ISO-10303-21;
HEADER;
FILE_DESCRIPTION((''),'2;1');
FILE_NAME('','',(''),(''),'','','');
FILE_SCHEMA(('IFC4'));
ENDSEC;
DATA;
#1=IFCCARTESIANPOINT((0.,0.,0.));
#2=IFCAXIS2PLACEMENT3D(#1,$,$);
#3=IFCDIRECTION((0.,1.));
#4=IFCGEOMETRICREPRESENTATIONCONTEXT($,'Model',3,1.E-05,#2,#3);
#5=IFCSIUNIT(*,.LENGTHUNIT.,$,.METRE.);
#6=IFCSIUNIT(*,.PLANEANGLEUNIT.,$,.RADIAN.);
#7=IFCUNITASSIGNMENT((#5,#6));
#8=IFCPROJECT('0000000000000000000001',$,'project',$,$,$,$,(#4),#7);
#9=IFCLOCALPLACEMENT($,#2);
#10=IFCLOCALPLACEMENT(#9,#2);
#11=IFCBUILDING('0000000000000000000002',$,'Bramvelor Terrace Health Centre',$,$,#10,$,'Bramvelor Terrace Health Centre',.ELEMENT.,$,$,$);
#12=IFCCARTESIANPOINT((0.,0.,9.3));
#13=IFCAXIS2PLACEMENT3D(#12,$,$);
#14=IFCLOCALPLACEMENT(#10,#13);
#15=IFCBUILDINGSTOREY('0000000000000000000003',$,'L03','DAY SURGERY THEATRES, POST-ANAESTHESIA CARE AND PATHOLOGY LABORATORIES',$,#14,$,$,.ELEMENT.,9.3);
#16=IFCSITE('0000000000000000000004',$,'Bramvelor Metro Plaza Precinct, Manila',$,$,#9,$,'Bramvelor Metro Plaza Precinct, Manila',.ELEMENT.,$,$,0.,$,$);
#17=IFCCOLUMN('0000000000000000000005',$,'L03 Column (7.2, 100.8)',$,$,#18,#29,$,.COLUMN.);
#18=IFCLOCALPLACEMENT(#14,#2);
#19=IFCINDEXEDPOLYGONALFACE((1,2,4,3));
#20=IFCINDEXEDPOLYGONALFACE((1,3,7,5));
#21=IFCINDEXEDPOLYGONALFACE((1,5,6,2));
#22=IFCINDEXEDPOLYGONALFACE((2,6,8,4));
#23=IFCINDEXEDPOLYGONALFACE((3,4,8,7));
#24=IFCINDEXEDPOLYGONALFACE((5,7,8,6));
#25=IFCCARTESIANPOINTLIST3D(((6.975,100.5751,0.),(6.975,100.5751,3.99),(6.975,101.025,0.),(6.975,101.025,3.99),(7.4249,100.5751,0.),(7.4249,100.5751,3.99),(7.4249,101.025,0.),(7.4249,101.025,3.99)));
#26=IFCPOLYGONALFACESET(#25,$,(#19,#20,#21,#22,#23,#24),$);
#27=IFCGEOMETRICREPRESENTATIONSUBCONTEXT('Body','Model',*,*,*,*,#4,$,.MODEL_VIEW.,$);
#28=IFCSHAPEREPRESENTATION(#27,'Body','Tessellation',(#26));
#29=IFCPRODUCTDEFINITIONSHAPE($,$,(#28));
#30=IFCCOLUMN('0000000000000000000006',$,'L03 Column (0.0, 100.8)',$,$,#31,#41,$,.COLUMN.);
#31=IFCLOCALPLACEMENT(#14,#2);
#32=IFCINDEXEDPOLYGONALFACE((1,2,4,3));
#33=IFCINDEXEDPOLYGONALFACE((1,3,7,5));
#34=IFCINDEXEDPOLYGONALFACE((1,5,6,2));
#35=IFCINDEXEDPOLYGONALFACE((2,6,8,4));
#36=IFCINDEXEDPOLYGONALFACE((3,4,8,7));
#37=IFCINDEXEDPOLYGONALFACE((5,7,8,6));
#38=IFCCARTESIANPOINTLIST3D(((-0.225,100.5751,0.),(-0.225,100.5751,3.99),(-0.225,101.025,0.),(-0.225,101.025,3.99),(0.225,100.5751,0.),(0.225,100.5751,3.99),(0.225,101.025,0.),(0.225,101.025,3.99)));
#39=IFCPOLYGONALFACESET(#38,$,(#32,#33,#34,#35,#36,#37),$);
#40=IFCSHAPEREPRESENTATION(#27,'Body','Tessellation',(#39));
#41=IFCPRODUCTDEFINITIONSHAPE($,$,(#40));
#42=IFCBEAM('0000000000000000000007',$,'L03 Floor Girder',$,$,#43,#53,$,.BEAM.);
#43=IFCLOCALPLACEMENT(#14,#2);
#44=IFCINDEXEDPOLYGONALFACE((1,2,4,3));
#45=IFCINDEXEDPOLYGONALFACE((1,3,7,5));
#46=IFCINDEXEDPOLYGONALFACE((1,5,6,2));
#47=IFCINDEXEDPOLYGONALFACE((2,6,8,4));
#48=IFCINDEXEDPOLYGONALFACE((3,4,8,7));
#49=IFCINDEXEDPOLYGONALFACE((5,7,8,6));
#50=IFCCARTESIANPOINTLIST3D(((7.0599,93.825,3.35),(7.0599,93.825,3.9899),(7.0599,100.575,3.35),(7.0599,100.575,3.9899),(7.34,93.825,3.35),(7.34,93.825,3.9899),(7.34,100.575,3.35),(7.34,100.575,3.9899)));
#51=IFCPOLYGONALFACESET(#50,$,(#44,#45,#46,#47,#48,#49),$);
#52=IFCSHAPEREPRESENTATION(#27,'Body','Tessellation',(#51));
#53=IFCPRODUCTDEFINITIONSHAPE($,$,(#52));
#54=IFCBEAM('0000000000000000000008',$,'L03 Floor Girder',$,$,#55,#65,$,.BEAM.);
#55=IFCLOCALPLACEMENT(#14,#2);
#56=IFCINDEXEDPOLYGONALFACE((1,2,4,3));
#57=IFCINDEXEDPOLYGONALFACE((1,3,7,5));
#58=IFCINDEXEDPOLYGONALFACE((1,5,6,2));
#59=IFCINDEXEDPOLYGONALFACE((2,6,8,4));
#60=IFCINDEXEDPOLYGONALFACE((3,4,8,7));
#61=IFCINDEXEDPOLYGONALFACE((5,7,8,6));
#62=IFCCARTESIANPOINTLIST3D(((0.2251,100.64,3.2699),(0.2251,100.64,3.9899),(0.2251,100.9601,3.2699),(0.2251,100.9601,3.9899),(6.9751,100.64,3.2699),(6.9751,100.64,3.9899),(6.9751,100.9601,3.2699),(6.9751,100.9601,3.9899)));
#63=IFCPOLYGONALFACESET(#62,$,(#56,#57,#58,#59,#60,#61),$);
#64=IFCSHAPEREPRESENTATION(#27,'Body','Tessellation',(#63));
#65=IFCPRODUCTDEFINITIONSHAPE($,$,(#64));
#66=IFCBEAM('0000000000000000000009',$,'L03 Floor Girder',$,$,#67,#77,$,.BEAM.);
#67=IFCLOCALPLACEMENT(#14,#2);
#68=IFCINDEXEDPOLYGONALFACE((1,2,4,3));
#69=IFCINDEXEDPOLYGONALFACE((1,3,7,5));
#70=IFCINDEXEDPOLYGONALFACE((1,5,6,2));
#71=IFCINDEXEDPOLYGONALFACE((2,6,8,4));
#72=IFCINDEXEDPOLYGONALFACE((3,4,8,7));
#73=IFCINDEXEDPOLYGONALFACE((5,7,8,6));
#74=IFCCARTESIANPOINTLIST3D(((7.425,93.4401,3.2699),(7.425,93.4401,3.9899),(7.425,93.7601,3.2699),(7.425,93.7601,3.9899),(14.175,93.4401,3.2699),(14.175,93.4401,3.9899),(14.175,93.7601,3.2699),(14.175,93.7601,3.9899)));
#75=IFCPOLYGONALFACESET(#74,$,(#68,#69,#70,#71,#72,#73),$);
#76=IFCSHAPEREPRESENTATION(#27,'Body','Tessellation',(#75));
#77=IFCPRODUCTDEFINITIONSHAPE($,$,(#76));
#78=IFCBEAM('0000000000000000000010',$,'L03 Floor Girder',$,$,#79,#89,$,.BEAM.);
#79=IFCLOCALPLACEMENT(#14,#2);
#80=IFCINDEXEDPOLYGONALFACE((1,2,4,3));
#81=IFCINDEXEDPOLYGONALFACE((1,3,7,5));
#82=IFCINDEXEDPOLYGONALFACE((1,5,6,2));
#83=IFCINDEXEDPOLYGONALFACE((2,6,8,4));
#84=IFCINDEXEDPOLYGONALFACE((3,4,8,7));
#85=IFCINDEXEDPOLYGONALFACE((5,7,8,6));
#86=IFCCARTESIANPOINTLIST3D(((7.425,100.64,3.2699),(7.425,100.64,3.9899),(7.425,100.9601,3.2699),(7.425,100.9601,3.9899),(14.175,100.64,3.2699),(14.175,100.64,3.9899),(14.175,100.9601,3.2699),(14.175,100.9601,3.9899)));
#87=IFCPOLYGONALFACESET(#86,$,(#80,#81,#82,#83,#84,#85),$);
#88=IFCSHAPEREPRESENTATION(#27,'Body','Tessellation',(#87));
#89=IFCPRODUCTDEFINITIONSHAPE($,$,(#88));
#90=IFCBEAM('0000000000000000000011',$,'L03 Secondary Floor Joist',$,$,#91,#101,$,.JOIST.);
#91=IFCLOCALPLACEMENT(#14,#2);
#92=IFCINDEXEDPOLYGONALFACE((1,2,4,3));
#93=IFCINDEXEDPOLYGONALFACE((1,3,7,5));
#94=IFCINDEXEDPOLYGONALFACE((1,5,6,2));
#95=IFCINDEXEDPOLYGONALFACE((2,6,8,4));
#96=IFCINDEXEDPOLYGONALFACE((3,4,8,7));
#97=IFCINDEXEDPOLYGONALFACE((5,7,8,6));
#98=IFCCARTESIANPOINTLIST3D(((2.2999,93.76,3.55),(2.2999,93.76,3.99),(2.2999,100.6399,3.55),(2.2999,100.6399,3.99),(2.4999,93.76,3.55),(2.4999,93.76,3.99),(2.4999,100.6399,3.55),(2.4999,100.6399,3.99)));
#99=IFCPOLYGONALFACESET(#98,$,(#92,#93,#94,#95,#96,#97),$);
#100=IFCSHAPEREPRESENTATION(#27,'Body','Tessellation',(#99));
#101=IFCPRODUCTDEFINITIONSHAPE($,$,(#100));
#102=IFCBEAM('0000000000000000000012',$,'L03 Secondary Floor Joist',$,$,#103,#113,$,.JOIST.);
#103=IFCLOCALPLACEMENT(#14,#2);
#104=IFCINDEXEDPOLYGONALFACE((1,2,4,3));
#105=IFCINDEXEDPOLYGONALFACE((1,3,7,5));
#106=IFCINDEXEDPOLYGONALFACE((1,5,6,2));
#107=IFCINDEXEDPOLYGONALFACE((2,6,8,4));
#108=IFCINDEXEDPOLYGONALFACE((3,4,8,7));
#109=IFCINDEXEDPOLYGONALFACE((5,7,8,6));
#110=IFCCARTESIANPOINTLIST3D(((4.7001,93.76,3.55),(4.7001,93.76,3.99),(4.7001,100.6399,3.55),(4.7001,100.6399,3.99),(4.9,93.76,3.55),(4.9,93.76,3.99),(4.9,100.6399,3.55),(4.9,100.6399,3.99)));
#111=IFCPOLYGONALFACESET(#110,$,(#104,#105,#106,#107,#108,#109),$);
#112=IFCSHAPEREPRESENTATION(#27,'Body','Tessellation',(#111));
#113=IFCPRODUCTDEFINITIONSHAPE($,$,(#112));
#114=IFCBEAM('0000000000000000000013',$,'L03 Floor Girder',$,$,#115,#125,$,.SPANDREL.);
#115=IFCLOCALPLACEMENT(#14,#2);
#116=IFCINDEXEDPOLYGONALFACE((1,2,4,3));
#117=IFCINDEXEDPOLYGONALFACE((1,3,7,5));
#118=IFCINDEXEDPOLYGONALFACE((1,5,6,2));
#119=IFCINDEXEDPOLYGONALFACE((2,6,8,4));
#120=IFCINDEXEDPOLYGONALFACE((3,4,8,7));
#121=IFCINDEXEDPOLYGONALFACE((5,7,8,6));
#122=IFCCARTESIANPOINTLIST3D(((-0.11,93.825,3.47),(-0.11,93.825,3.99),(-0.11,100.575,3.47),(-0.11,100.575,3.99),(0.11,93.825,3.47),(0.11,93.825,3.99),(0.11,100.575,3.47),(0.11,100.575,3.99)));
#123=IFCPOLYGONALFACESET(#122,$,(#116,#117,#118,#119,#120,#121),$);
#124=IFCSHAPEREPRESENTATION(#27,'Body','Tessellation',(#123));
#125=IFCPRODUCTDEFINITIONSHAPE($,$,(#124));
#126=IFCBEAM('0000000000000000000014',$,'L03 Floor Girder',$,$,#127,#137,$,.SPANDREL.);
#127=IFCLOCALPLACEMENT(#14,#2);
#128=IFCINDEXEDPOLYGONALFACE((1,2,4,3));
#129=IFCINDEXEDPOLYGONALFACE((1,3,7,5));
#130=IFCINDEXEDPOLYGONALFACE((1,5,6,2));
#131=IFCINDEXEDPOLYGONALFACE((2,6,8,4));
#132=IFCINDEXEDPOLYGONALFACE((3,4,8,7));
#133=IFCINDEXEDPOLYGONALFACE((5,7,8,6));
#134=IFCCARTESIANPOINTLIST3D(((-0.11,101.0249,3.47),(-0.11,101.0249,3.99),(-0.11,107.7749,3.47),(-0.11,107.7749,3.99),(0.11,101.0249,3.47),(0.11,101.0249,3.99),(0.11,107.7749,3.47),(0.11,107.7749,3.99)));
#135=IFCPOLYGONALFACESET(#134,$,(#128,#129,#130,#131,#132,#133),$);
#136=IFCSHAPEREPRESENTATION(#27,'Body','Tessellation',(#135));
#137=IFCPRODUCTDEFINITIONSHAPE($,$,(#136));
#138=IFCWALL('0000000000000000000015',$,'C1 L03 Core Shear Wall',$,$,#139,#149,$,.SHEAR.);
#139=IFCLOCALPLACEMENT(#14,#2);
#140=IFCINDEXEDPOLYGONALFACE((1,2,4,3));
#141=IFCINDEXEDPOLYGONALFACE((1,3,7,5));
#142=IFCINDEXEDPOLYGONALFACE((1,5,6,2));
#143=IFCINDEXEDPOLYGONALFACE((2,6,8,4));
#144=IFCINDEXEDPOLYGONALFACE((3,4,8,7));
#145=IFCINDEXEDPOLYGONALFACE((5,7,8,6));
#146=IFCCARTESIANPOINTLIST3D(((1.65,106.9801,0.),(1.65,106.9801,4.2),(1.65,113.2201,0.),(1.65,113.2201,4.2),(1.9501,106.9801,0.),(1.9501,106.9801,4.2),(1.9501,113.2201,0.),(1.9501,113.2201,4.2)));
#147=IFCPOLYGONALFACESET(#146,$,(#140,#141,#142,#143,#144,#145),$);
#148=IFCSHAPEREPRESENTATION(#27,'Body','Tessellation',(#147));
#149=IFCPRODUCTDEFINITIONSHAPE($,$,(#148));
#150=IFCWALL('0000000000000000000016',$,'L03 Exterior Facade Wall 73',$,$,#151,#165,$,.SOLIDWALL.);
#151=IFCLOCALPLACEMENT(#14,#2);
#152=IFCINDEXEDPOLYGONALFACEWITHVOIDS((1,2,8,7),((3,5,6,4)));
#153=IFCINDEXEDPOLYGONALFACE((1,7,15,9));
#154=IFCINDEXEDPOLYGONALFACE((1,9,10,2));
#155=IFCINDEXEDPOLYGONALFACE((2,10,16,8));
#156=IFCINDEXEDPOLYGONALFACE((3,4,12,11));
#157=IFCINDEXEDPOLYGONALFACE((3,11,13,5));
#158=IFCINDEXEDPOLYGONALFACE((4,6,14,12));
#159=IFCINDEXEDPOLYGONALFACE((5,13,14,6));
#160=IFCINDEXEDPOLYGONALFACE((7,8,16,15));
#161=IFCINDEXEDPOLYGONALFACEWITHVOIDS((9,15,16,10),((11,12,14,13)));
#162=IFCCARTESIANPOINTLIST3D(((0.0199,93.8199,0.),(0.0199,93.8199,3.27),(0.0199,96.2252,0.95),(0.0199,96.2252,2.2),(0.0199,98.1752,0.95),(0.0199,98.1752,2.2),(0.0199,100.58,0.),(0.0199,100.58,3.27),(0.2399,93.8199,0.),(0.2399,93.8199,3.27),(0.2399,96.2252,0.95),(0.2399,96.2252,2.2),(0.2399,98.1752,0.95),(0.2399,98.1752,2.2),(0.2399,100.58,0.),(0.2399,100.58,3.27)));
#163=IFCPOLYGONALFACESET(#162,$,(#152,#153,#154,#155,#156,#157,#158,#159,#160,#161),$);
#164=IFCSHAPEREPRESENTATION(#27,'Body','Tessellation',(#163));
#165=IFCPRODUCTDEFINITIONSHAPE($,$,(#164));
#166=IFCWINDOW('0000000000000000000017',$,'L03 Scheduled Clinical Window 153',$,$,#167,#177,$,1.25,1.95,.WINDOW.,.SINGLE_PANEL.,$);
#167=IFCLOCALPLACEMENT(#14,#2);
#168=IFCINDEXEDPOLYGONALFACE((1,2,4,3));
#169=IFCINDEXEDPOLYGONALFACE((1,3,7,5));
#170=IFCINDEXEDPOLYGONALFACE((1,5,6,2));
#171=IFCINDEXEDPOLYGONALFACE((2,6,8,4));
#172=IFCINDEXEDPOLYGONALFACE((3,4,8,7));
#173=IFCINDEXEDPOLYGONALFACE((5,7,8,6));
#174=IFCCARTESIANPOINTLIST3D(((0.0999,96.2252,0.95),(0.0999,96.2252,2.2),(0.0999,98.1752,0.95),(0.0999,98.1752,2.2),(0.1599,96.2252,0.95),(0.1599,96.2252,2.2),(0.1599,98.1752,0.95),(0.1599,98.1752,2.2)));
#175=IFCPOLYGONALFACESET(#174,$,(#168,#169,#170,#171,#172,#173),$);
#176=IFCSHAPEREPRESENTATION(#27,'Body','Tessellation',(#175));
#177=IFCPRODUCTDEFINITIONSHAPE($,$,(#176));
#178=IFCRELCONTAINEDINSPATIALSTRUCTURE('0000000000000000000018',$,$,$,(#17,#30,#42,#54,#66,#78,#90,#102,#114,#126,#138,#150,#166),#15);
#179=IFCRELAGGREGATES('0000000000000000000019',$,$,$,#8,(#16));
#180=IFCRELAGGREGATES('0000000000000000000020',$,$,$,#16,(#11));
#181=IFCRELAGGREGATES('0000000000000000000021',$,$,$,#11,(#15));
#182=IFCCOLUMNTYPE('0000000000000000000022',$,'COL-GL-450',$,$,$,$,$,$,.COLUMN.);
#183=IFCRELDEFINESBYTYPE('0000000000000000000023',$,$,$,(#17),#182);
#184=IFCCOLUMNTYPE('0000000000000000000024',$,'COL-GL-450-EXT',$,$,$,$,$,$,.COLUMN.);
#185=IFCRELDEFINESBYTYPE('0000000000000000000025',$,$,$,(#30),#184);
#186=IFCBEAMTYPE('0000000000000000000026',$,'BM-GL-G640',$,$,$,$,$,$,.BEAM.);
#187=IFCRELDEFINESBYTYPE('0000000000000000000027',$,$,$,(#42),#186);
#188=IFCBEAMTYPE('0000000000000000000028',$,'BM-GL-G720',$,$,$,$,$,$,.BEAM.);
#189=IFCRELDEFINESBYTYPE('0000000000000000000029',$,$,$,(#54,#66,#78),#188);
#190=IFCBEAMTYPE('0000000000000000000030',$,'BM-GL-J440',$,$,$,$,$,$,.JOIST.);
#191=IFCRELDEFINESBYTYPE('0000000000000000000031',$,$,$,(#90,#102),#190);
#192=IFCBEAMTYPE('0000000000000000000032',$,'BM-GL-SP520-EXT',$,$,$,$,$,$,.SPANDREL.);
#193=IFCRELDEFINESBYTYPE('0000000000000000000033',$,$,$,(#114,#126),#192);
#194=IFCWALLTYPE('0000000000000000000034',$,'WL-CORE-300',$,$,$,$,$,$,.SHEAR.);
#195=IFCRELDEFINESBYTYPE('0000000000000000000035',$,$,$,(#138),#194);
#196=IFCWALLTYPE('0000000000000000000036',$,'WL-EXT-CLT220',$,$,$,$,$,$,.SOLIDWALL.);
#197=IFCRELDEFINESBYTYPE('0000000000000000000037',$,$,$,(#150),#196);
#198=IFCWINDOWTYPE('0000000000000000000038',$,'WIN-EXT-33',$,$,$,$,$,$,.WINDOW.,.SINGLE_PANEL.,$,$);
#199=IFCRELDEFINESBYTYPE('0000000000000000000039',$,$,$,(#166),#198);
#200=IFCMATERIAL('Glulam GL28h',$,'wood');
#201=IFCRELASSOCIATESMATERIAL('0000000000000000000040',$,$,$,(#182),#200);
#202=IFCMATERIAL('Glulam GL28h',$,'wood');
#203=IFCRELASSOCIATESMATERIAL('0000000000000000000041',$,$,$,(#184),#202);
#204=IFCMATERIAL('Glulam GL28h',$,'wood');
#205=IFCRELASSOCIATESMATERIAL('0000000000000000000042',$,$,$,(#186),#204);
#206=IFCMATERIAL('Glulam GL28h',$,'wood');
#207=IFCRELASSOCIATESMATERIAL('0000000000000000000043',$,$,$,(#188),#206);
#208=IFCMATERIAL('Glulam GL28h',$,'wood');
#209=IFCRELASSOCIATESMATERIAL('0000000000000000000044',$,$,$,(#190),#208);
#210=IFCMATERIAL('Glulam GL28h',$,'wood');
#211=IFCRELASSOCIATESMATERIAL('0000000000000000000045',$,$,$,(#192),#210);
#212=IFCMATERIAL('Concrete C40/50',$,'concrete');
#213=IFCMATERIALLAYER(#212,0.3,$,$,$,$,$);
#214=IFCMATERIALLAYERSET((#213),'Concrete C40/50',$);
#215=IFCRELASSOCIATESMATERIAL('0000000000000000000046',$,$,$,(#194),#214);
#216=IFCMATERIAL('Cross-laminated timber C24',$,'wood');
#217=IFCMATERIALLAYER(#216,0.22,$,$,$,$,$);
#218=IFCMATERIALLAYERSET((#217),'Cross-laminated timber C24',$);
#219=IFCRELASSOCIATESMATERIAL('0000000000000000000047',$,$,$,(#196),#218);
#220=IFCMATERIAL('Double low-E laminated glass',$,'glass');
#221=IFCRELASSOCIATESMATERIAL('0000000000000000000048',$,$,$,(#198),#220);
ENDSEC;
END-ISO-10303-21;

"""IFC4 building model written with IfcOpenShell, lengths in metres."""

from ifc_helpers import new_model, si_unit, direction, frame, frame_2d, origin, origin_2d, place, context, subcontext, project, spatial, rectangle, extrude, material, layer, layer_set, material_profile, profile_set, type_object, element, fill, save


model = new_model("IFC4")

# Units and contexts
model_context = context("Model", 3, precision=1e-05, world=origin(), true_north=direction((0.0, 1.0)))
body_context = subcontext(model_context, "Body", "Model", "MODEL_VIEW")
ifc_project = project(units=[si_unit("LENGTHUNIT", "METRE"), si_unit("PLANEANGLEUNIT", "RADIAN")], contexts=[model_context])

# Site, building, storey
site_placement = place(None, origin())
site = spatial("IfcSite", under=ifc_project, at=site_placement, Name="Bramvelor Metro Plaza Precinct, Manila", LongName="Bramvelor Metro Plaza Precinct, Manila", CompositionType="ELEMENT", RefElevation=0.0)
building_placement = place(site_placement, origin())
building = spatial("IfcBuilding", under=site, at=building_placement, Name="Bramvelor Terrace Health Centre", LongName="Bramvelor Terrace Health Centre", CompositionType="ELEMENT")
storey_placement = place(building_placement, frame((0.0, 0.0, 9.3)))
storey = spatial("IfcBuildingStorey", under=building, at=storey_placement, Name="L03", Description="DAY SURGERY THEATRES, POST-ANAESTHESIA CARE AND PATHOLOGY LABORATORIES", CompositionType="ELEMENT", Elevation=9.3)

# Columns
ifc_material_1 = material(Name="Glulam GL28h", Category="wood")
ifc_material_profile_1 = material_profile(ifc_material_1, rectangle(XDim=0.45, YDim=0.45, at=origin_2d()), Name="GL 450x450")
ifc_profile_set_1 = profile_set([ifc_material_profile_1], Name="Glulam GL28h")
column_type_1 = type_object("IfcColumnType", Name="COL-GL-450", PredefinedType="COLUMN", material=ifc_profile_set_1)
column_1_placement = place(storey_placement, frame((7.2, 100.8, 0.0), z_axis=(0.0, 0.0, 1.0), x_axis=(1.0, 0.0, 0.0)))
element("IfcColumn", 1, at=column_1_placement, inside=storey, type_object=column_type_1, Name="L03 Column (7.2, 100.8)", PredefinedType="COLUMN", context=body_context, shape_type="SweptSolid", body=[
    extrude(rectangle(XDim=0.45, YDim=0.45, at=origin_2d()), origin(), (0.0, 0.0, 1.0), 3.99),
])
ifc_material_2 = material(Name="Glulam GL28h", Category="wood")
ifc_material_profile_2 = material_profile(ifc_material_2, rectangle(XDim=0.45, YDim=0.45, at=origin_2d()), Name="GL 450x450")
ifc_profile_set_2 = profile_set([ifc_material_profile_2], Name="Glulam GL28h")
column_type_2 = type_object("IfcColumnType", Name="COL-GL-450-EXT", PredefinedType="COLUMN", material=ifc_profile_set_2)
column_2_placement = place(storey_placement, frame((0.0, 100.8, 0.0), z_axis=(0.0, 0.0, 1.0), x_axis=(1.0, 0.0, 0.0)))
element("IfcColumn", 2, at=column_2_placement, inside=storey, type_object=column_type_2, Name="L03 Column (0.0, 100.8)", PredefinedType="COLUMN", context=body_context, shape_type="SweptSolid", body=[
    extrude(rectangle(XDim=0.45, YDim=0.45, at=origin_2d()), origin(), (0.0, 0.0, 1.0), 3.99),
])

# Beams
ifc_material_3 = material(Name="Glulam GL28h", Category="wood")
ifc_material_profile_3 = material_profile(ifc_material_3, rectangle(XDim=0.28, YDim=0.6399, at=origin_2d()), Name="GL 280x640")
ifc_profile_set_3 = profile_set([ifc_material_profile_3], Name="Glulam GL28h")
beam_type_1 = type_object("IfcBeamType", Name="BM-GL-G640", PredefinedType="BEAM", material=ifc_profile_set_3)
beam_placement = place(storey_placement, frame((7.2, 93.825, 3.6699), z_axis=(0.0, 1.0, 0.0), x_axis=(-1.0, 0.0, 0.0)))
element("IfcBeam", 3, at=beam_placement, inside=storey, type_object=beam_type_1, Name="L03 Floor Girder", PredefinedType="BEAM", context=body_context, shape_type="SweptSolid", body=[
    extrude(rectangle(XDim=0.28, YDim=0.6399, at=origin_2d()), origin(), (0.0, 0.0, 1.0), 6.75),
])
ifc_material_4 = material(Name="Glulam GL28h", Category="wood")
ifc_material_profile_4 = material_profile(ifc_material_4, rectangle(XDim=0.3201, YDim=0.72, at=origin_2d()), Name="GL 320x720")
ifc_profile_set_4 = profile_set([ifc_material_profile_4], Name="Glulam GL28h")
beam_type_2 = type_object("IfcBeamType", Name="BM-GL-G720", PredefinedType="BEAM", material=ifc_profile_set_4)
for number, where, z_axis, x_axis, name in (
    (4, (0.2251, 100.8, 3.6299), (1.0, 0.0, 0.0), (0.0, 1.0, 0.0), "L03 Floor Girder"),
    (5, (7.425, 93.6001, 3.6299), (1.0, 0.0, 0.0), (0.0, 1.0, 0.0), "L03 Floor Girder"),
    (6, (7.425, 100.8, 3.6299), (1.0, 0.0, 0.0), (0.0, 1.0, 0.0), "L03 Floor Girder"),
):
    element("IfcBeam", number, at=place(storey_placement, frame(where, z_axis=z_axis, x_axis=x_axis)), inside=storey, type_object=beam_type_2, Name=name, PredefinedType="BEAM", context=body_context, shape_type="SweptSolid", body=[
        extrude(rectangle(XDim=0.3201, YDim=0.72, at=origin_2d()), origin(), (0.0, 0.0, 1.0), 6.75),
    ])
ifc_material_5 = material(Name="Glulam GL28h", Category="wood")
ifc_material_profile_5 = material_profile(ifc_material_5, rectangle(XDim=0.2, YDim=0.4399, at=origin_2d()), Name="GL 200x440")
ifc_profile_set_5 = profile_set([ifc_material_profile_5], Name="Glulam GL28h")
beam_type_3 = type_object("IfcBeamType", Name="BM-GL-J440", PredefinedType="JOIST", material=ifc_profile_set_5)
for number, where, z_axis, x_axis, name in (
    (7, (2.3999, 93.76, 3.77), (0.0, 1.0, 0.0), (-1.0, 0.0, 0.0), "L03 Secondary Floor Joist"),
    (8, (4.8, 93.76, 3.77), (0.0, 1.0, 0.0), (-1.0, 0.0, 0.0), "L03 Secondary Floor Joist"),
):
    element("IfcBeam", number, at=place(storey_placement, frame(where, z_axis=z_axis, x_axis=x_axis)), inside=storey, type_object=beam_type_3, Name=name, PredefinedType="JOIST", context=body_context, shape_type="SweptSolid", body=[
        extrude(rectangle(XDim=0.2, YDim=0.4399, at=origin_2d()), origin(), (0.0, 0.0, 1.0), 6.8799),
    ])
ifc_material_6 = material(Name="Glulam GL28h", Category="wood")
ifc_material_profile_6 = material_profile(ifc_material_6, rectangle(XDim=0.22, YDim=0.52, at=origin_2d()), Name="GL 220x520")
ifc_profile_set_6 = profile_set([ifc_material_profile_6], Name="Glulam GL28h")
beam_type_4 = type_object("IfcBeamType", Name="BM-GL-SP520-EXT", PredefinedType="SPANDREL", material=ifc_profile_set_6)
for number, where, z_axis, x_axis, name in (
    (9, (0.0, 93.825, 3.73), (0.0, 1.0, 0.0), (-1.0, 0.0, 0.0), "L03 Floor Girder"),
    (10, (0.0, 101.0249, 3.73), (0.0, 1.0, 0.0), (-1.0, 0.0, 0.0), "L03 Floor Girder"),
):
    element("IfcBeam", number, at=place(storey_placement, frame(where, z_axis=z_axis, x_axis=x_axis)), inside=storey, type_object=beam_type_4, Name=name, PredefinedType="SPANDREL", context=body_context, shape_type="SweptSolid", body=[
        extrude(rectangle(XDim=0.22, YDim=0.52, at=origin_2d()), origin(), (0.0, 0.0, 1.0), 6.75),
    ])

# Shared definitions
ifc_material_7 = material(Name="Concrete C40/50", Category="concrete")
ifc_layer_1 = layer(ifc_material_7, 0.3)
ifc_layer_set_1 = layer_set([ifc_layer_1], Name="Concrete C40/50")
wall_type_1 = type_object("IfcWallType", Name="WL-CORE-300", PredefinedType="SHEAR", material=ifc_layer_set_1)

# Wall
wall_1_placement = place(storey_placement, frame((1.8, 106.98, 0.0), z_axis=(0.0, 0.0, 1.0), x_axis=(0.0, 1.0, 0.0)))
element("IfcWall", 11, at=wall_1_placement, inside=storey, type_object=wall_type_1, Name="C1 L03 Core Shear Wall", PredefinedType="SHEAR", context=body_context, shape_type="SweptSolid", body=[
    extrude(rectangle(XDim=6.24, YDim=0.3, at=frame_2d((3.1201, 0.0))), origin(), (0.0, 0.0, 1.0), 4.2),
])

# Wall, opening, window
ifc_material_8 = material(Name="Cross-laminated timber C24", Category="wood")
ifc_layer_2 = layer(ifc_material_8, 0.22)
ifc_layer_set_2 = layer_set([ifc_layer_2], Name="Cross-laminated timber C24")
wall_type_2 = type_object("IfcWallType", Name="WL-EXT-CLT220", PredefinedType="SOLIDWALL", material=ifc_layer_set_2)
wall_2_placement = place(storey_placement, frame((0.1299, 93.8201, 0.0), z_axis=(0.0, 0.0, 1.0), x_axis=(0.0, 1.0, 0.0)))
wall_2 = element("IfcWall", 12, at=wall_2_placement, inside=storey, type_object=wall_type_2, Name="L03 Exterior Facade Wall 73", PredefinedType="SOLIDWALL", context=body_context, shape_type="SweptSolid", body=[
    extrude(rectangle(XDim=6.76, YDim=0.22, at=frame_2d((3.3799, 0.0))), origin(), (0.0, 0.0, 1.0), 3.27),
])
opening_1_placement = place(wall_2_placement, frame((2.405, 0.0, 0.95)))
opening_1 = element("IfcOpeningElement", 13, at=opening_1_placement, cuts=wall_2, PredefinedType="OPENING", context=body_context, shape_type="SweptSolid", body=[
    extrude(rectangle(XDim=1.95, YDim=1.25, at=frame_2d((0.9751, 0.625))), frame((0.0, 0.1199, 0.0), z_axis=(0.0, -1.0, 0.0), x_axis=(1.0, 0.0, 0.0)), (0.0, 0.0, 1.0), 0.24),
])
ifc_material_9 = material(Name="Double low-E laminated glass", Category="glass")
window_type_1 = type_object("IfcWindowType", Name="WIN-EXT-33", PartitioningType="SINGLE_PANEL", PredefinedType="WINDOW", material=ifc_material_9)
window_1_placement = place(opening_1_placement, origin())
window_1 = element("IfcWindow", 14, at=window_1_placement, inside=storey, type_object=window_type_1, Name="L03 Scheduled Clinical Window 153", OverallHeight=1.25, OverallWidth=1.95, PartitioningType="SINGLE_PANEL", PredefinedType="WINDOW", context=body_context, shape_type="SweptSolid", body=[
    extrude(rectangle(XDim=1.95, YDim=1.25, at=frame_2d((0.9751, 0.625))), frame((0.0, 0.03, 0.0), z_axis=(0.0, -1.0, 0.0), x_axis=(1.0, 0.0, 0.0)), (0.0, 0.0, 1.0), 0.0601),
])
fill(opening_1, window_1)

save(model, "model.ifc")
